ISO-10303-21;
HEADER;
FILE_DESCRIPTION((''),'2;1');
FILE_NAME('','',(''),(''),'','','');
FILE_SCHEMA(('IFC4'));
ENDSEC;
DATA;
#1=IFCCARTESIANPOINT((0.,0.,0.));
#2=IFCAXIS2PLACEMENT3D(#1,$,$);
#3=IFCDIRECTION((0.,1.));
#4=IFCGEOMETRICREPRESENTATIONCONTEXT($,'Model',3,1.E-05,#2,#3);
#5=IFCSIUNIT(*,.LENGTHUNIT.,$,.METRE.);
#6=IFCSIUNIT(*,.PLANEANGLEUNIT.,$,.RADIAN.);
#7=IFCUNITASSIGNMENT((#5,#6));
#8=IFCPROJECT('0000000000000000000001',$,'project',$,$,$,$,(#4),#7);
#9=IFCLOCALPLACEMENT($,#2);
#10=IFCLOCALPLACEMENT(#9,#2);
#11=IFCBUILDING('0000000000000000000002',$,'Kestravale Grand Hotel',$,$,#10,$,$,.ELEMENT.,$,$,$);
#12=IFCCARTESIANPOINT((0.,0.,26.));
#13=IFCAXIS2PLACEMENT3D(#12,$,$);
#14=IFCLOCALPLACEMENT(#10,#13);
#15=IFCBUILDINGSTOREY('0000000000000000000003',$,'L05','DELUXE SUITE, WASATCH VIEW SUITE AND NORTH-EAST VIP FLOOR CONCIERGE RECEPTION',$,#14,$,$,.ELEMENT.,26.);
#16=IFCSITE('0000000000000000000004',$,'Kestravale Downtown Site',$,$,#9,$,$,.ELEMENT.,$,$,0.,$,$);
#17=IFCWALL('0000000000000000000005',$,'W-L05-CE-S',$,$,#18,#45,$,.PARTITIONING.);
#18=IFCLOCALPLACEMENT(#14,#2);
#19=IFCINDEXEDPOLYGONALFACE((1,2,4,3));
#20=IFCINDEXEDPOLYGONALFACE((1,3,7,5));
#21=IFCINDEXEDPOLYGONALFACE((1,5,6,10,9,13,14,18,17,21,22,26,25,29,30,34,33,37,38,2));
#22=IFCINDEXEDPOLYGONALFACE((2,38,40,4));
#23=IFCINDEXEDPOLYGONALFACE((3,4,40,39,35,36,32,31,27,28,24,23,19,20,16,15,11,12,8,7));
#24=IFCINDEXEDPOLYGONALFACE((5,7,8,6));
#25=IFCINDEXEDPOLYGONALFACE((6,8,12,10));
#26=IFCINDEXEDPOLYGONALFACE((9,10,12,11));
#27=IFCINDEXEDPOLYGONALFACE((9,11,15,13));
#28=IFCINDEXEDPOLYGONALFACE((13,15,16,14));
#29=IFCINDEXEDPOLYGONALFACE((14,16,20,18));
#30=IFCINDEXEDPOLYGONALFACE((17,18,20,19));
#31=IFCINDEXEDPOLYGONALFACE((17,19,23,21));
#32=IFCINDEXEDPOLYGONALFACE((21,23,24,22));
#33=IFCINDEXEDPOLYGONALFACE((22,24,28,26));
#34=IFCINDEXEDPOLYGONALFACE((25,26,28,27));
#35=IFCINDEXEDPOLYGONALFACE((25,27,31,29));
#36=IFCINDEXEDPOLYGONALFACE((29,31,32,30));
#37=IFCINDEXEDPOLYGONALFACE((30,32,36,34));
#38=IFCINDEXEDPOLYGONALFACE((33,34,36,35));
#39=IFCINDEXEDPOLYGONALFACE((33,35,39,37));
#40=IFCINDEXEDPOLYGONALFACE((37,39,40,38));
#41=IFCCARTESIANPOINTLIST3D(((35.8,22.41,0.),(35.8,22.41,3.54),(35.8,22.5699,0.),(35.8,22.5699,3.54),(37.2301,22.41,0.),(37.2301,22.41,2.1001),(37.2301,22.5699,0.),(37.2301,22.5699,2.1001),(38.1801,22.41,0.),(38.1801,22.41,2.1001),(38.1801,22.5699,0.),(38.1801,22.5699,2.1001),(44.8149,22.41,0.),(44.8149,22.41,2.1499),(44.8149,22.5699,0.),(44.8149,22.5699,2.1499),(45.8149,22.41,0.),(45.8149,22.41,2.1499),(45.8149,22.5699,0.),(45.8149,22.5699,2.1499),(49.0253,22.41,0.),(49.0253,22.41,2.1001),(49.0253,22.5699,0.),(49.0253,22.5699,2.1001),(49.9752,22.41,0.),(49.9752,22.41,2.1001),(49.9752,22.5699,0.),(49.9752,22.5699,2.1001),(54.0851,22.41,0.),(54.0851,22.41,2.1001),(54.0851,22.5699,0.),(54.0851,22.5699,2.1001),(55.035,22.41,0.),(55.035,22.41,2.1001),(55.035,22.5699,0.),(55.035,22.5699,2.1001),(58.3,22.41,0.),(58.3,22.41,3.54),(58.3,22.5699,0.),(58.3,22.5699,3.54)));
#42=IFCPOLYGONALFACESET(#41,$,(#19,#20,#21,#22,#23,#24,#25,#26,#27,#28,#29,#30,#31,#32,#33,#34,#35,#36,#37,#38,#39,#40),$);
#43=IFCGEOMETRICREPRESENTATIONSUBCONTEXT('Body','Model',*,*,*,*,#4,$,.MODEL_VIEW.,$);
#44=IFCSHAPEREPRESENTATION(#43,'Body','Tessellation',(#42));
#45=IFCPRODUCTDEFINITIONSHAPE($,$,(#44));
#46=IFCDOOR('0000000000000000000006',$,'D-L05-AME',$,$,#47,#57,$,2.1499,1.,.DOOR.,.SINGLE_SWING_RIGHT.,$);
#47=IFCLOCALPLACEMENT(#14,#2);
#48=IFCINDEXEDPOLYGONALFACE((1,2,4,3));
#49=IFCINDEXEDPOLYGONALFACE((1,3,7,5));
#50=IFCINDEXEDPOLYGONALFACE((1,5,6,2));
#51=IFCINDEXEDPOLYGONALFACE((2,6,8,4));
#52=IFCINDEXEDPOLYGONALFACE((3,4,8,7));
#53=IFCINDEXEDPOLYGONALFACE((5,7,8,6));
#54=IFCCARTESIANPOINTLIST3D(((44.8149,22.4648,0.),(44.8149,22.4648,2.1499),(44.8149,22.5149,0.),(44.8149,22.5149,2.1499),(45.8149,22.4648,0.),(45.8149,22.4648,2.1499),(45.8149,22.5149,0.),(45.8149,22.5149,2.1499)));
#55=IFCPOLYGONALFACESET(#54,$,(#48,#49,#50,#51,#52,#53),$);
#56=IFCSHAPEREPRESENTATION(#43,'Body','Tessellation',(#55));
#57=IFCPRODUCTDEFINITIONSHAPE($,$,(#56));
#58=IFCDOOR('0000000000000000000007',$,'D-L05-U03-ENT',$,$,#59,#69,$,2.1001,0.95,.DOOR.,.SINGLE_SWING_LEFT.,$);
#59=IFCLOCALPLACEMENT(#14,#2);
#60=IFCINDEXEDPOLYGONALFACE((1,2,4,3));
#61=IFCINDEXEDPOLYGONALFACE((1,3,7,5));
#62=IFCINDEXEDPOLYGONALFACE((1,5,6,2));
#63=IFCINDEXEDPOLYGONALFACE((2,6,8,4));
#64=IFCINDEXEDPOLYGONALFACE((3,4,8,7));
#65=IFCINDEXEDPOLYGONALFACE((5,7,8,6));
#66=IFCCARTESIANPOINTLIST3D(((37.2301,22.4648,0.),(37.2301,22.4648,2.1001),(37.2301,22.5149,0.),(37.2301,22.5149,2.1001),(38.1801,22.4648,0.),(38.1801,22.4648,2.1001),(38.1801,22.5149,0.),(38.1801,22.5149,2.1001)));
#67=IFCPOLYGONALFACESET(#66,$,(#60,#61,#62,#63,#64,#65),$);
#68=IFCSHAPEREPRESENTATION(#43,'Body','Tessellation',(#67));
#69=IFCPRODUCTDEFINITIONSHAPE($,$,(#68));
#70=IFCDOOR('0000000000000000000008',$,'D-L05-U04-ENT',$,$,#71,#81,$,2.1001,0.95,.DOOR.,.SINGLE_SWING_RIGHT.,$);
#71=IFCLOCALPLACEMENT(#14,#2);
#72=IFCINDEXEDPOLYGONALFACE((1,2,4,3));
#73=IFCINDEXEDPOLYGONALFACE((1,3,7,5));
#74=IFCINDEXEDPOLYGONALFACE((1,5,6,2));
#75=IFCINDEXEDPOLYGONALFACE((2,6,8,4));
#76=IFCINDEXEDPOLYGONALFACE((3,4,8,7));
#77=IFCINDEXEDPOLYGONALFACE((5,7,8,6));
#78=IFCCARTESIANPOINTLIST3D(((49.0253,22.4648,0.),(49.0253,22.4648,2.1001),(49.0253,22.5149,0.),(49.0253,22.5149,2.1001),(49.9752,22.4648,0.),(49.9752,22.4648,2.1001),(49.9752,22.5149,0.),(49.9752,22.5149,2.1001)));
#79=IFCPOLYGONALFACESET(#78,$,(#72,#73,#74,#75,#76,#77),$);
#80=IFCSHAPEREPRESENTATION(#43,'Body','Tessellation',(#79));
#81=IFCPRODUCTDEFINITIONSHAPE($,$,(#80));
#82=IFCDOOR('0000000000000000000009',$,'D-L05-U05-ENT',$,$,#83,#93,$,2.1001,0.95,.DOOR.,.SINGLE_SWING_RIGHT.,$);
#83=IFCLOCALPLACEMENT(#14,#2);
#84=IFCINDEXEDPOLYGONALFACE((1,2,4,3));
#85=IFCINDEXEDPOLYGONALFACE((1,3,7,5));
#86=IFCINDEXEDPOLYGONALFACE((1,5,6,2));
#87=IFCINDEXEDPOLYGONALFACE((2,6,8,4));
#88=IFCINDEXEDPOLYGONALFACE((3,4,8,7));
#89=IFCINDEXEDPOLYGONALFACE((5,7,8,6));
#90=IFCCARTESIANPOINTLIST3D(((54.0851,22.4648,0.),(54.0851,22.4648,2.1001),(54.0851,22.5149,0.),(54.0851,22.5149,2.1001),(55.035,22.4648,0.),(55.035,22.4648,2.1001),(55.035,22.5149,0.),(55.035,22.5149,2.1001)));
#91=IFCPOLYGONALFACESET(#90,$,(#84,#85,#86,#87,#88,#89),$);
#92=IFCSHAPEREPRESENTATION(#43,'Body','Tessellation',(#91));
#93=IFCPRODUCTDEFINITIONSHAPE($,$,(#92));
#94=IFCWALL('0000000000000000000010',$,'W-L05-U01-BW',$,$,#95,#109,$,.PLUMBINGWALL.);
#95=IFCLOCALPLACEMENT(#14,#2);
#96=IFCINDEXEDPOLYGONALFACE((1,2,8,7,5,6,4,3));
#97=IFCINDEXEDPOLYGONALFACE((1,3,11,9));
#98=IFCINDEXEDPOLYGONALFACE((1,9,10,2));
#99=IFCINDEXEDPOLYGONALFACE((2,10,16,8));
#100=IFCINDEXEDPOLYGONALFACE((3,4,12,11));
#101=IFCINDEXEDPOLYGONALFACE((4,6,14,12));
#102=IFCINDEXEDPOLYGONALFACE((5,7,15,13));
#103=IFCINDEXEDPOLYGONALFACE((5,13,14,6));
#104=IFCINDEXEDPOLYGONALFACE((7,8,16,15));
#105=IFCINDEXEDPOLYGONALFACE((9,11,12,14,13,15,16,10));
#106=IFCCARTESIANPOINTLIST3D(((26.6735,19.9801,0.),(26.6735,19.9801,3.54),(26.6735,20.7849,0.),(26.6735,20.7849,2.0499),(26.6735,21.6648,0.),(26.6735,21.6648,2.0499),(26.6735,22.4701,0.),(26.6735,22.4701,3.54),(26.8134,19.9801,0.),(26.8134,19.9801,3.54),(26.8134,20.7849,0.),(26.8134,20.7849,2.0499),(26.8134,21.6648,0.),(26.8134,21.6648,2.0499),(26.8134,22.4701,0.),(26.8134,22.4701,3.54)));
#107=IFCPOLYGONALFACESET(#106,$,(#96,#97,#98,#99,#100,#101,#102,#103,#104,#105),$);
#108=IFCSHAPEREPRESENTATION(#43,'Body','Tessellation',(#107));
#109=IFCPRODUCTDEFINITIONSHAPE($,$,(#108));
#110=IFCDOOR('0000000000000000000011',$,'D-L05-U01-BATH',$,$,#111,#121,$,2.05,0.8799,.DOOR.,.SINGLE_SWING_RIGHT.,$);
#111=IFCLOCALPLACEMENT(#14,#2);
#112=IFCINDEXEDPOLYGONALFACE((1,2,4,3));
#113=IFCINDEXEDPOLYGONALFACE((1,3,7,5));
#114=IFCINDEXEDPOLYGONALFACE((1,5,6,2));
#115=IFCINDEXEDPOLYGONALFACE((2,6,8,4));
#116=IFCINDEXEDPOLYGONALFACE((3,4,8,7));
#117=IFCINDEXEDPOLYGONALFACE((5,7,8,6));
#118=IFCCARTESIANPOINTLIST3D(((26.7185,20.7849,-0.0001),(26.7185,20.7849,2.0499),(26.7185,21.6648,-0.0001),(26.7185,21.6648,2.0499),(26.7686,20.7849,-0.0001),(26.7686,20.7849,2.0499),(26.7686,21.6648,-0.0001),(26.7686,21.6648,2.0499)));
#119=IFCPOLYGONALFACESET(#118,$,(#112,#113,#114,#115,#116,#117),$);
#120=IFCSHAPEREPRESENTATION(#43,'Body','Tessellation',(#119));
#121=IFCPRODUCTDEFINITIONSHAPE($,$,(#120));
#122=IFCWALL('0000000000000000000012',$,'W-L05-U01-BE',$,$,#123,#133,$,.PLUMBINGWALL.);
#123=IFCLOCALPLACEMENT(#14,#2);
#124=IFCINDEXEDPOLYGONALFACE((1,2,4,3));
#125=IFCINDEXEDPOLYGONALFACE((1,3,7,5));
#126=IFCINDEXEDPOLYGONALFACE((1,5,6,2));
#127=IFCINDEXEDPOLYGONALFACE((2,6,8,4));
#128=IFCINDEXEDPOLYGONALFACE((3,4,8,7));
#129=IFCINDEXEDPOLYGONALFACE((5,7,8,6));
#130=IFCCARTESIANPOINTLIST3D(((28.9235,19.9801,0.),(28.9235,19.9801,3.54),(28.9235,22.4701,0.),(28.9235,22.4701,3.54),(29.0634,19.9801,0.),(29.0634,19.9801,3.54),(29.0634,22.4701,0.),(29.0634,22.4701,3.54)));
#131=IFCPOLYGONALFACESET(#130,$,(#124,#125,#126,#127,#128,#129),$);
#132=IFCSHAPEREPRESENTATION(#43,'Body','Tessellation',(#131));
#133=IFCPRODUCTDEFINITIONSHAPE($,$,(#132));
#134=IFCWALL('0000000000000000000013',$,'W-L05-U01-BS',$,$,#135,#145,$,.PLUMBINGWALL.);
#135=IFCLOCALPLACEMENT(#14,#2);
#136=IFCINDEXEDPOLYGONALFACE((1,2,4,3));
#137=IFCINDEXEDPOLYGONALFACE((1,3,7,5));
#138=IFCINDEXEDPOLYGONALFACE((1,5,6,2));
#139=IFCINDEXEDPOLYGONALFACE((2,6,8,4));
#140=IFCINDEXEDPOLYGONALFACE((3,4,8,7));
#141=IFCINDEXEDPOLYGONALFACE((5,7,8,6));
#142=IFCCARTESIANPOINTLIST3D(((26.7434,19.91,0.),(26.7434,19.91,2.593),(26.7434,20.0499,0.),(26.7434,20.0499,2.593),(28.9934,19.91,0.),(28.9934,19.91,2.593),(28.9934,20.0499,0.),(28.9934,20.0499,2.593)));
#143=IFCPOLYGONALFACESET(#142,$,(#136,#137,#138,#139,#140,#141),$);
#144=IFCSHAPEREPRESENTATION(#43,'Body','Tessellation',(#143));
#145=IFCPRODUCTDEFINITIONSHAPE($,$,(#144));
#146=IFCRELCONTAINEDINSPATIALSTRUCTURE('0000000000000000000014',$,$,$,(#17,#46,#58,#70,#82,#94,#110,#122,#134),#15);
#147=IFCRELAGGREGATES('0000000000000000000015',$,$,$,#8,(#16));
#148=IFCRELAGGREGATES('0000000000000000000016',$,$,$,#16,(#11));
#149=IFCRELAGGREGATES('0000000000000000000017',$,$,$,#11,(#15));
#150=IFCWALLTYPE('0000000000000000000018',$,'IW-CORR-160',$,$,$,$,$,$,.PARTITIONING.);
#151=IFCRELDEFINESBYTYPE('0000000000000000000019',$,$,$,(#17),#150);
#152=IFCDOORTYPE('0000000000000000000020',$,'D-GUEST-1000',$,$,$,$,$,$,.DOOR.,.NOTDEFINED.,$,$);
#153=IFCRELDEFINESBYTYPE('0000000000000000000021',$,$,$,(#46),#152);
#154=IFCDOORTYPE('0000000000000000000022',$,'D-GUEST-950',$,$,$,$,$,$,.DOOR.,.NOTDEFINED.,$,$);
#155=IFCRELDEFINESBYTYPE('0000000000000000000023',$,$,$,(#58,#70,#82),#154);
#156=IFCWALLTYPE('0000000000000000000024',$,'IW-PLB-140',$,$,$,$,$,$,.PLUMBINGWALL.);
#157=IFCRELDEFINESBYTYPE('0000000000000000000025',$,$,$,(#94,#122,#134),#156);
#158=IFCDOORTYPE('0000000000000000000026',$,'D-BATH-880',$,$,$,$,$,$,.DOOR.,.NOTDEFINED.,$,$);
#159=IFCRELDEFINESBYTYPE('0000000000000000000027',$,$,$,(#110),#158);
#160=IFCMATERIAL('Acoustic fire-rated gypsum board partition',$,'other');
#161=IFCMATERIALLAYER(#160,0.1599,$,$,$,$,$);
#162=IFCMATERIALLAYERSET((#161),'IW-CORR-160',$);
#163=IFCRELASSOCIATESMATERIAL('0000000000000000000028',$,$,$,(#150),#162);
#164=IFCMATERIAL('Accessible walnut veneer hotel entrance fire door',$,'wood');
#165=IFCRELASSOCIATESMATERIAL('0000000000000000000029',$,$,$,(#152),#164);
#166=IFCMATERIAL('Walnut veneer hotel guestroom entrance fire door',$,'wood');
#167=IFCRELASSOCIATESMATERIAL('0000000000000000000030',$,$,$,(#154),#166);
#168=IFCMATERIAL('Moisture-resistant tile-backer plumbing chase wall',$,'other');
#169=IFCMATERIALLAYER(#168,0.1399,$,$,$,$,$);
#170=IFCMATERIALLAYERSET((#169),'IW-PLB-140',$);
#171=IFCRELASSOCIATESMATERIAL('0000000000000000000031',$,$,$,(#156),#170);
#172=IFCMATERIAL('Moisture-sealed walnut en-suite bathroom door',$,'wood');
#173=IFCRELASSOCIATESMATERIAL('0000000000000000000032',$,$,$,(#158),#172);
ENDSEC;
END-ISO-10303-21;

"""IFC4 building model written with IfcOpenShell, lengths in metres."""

from ifc_helpers import new_model, si_unit, direction, frame, frame_2d, origin, place, context, subcontext, project, spatial, rectangle, extrude, material, layer, layer_set, type_object, element, fill, save


model = new_model("IFC4")

# Units and contexts
model_context = context("Model", 3, precision=1e-05, world=origin(), true_north=direction((0.0, 1.0)))
body_context = subcontext(model_context, "Body", "Model", "MODEL_VIEW")
ifc_project = project(units=[si_unit("LENGTHUNIT", "METRE"), si_unit("PLANEANGLEUNIT", "RADIAN")], contexts=[model_context])

# Site, building, storey
site_placement = place(None, origin())
site = spatial("IfcSite", under=ifc_project, at=site_placement, Name="Kestravale Downtown Site", CompositionType="ELEMENT", RefElevation=0.0)
building_placement = place(site_placement, origin())
building = spatial("IfcBuilding", under=site, at=building_placement, Name="Kestravale Grand Hotel", CompositionType="ELEMENT")
storey_placement = place(building_placement, frame((0.0, 0.0, 26.0)))
storey = spatial("IfcBuildingStorey", under=building, at=storey_placement, Name="L05", Description="DELUXE SUITE, WASATCH VIEW SUITE AND NORTH-EAST VIP FLOOR CONCIERGE RECEPTION", CompositionType="ELEMENT", Elevation=26.0)

# Shared definitions
ifc_material_1 = material(Name="Acoustic fire-rated gypsum board partition", Category="other")
ifc_layer_1 = layer(ifc_material_1, 0.1599)
ifc_layer_set_1 = layer_set([ifc_layer_1], Name="IW-CORR-160")
wall_type_1 = type_object("IfcWallType", Name="IW-CORR-160", PredefinedType="PARTITIONING", material=ifc_layer_set_1)

# Wall, openings, doors
wall_1_placement = place(storey_placement, frame((35.8, 22.49, 0.0), z_axis=(0.0, 0.0, 1.0), x_axis=(1.0, 0.0, 0.0)))
wall_1 = element("IfcWall", 1, at=wall_1_placement, inside=storey, type_object=wall_type_1, Name="W-L05-CE-S", PredefinedType="PARTITIONING", context=body_context, shape_type="SweptSolid", body=[
    extrude(rectangle(XDim=22.5, YDim=0.1599, at=frame_2d((11.25, 0.0))), origin(), (0.0, 0.0, 1.0), 3.54),
])
opening_1_placement = place(wall_1_placement, frame((1.4299, 0.0, 0.0)))
opening_1 = element("IfcOpeningElement", 2, at=opening_1_placement, cuts=wall_1, PredefinedType="OPENING", context=body_context, shape_type="SweptSolid", body=[
    extrude(rectangle(XDim=0.95, YDim=2.1001, at=frame_2d((0.4751, 1.05))), frame((0.0, 0.0898, 0.0), z_axis=(0.0, -1.0, 0.0), x_axis=(1.0, 0.0, 0.0)), (0.0, 0.0, 1.0), 0.1799),
])
opening_2_placement = place(wall_1_placement, frame((9.0149, 0.0, 0.0)))
opening_2 = element("IfcOpeningElement", 3, at=opening_2_placement, cuts=wall_1, PredefinedType="OPENING", context=body_context, shape_type="SweptSolid", body=[
    extrude(rectangle(XDim=1.0, YDim=2.1499, at=frame_2d((0.5, 1.075))), frame((0.0, 0.0898, 0.0), z_axis=(0.0, -1.0, 0.0), x_axis=(1.0, 0.0, 0.0)), (0.0, 0.0, 1.0), 0.1799),
])
opening_3_placement = place(wall_1_placement, frame((13.2251, 0.0, 0.0)))
opening_3 = element("IfcOpeningElement", 4, at=opening_3_placement, cuts=wall_1, PredefinedType="OPENING", context=body_context, shape_type="SweptSolid", body=[
    extrude(rectangle(XDim=0.95, YDim=2.1001, at=frame_2d((0.4751, 1.05))), frame((0.0, 0.0898, 0.0), z_axis=(0.0, -1.0, 0.0), x_axis=(1.0, 0.0, 0.0)), (0.0, 0.0, 1.0), 0.1799),
])
opening_4_placement = place(wall_1_placement, frame((18.2849, 0.0, 0.0)))
opening_4 = element("IfcOpeningElement", 5, at=opening_4_placement, cuts=wall_1, PredefinedType="OPENING", context=body_context, shape_type="SweptSolid", body=[
    extrude(rectangle(XDim=0.95, YDim=2.1001, at=frame_2d((0.4751, 1.05))), frame((0.0, 0.0898, 0.0), z_axis=(0.0, -1.0, 0.0), x_axis=(1.0, 0.0, 0.0)), (0.0, 0.0, 1.0), 0.1799),
])
ifc_material_2 = material(Name="Accessible walnut veneer hotel entrance fire door", Category="wood")
door_type_1 = type_object("IfcDoorType", Name="D-GUEST-1000", OperationType="NOTDEFINED", PredefinedType="DOOR", material=ifc_material_2)
door_1_placement = place(opening_2_placement, origin())
door_1 = element("IfcDoor", 6, at=door_1_placement, inside=storey, type_object=door_type_1, Name="D-L05-AME", OperationType="SINGLE_SWING_RIGHT", OverallHeight=2.1499, OverallWidth=1.0, PredefinedType="DOOR", context=body_context, shape_type="SweptSolid", body=[
    extrude(rectangle(XDim=1.0, YDim=2.1499, at=frame_2d((0.5, 1.075))), frame((0.0, 0.0249, 0.0), z_axis=(0.0, -1.0, 0.0), x_axis=(1.0, 0.0, 0.0)), (0.0, 0.0, 1.0), 0.05),
])
fill(opening_2, door_1)
ifc_material_3 = material(Name="Walnut veneer hotel guestroom entrance fire door", Category="wood")
door_type_2 = type_object("IfcDoorType", Name="D-GUEST-950", OperationType="NOTDEFINED", PredefinedType="DOOR", material=ifc_material_3)
door_2_placement = place(opening_1_placement, origin())
door_2 = element("IfcDoor", 7, at=door_2_placement, inside=storey, type_object=door_type_2, Name="D-L05-U03-ENT", OperationType="SINGLE_SWING_LEFT", OverallHeight=2.1001, OverallWidth=0.95, PredefinedType="DOOR", context=body_context, shape_type="SweptSolid", body=[
    extrude(rectangle(XDim=0.95, YDim=2.1001, at=frame_2d((0.4751, 1.05))), frame((0.0, 0.0249, 0.0), z_axis=(0.0, -1.0, 0.0), x_axis=(1.0, 0.0, 0.0)), (0.0, 0.0, 1.0), 0.05),
])
fill(opening_1, door_2)
door_3_placement = place(opening_3_placement, origin())
door_3 = element("IfcDoor", 8, at=door_3_placement, inside=storey, type_object=door_type_2, Name="D-L05-U04-ENT", OperationType="SINGLE_SWING_RIGHT", OverallHeight=2.1001, OverallWidth=0.95, PredefinedType="DOOR", context=body_context, shape_type="SweptSolid", body=[
    extrude(rectangle(XDim=0.95, YDim=2.1001, at=frame_2d((0.4751, 1.05))), frame((0.0, 0.0249, 0.0), z_axis=(0.0, -1.0, 0.0), x_axis=(1.0, 0.0, 0.0)), (0.0, 0.0, 1.0), 0.05),
])
fill(opening_3, door_3)
door_4_placement = place(opening_4_placement, origin())
door_4 = element("IfcDoor", 9, at=door_4_placement, inside=storey, type_object=door_type_2, Name="D-L05-U05-ENT", OperationType="SINGLE_SWING_RIGHT", OverallHeight=2.1001, OverallWidth=0.95, PredefinedType="DOOR", context=body_context, shape_type="SweptSolid", body=[
    extrude(rectangle(XDim=0.95, YDim=2.1001, at=frame_2d((0.4751, 1.05))), frame((0.0, 0.0249, 0.0), z_axis=(0.0, -1.0, 0.0), x_axis=(1.0, 0.0, 0.0)), (0.0, 0.0, 1.0), 0.05),
])
fill(opening_4, door_4)

# Wall, opening, door
ifc_material_4 = material(Name="Moisture-resistant tile-backer plumbing chase wall", Category="other")
ifc_layer_2 = layer(ifc_material_4, 0.1399)
ifc_layer_set_2 = layer_set([ifc_layer_2], Name="IW-PLB-140")
wall_type_2 = type_object("IfcWallType", Name="IW-PLB-140", PredefinedType="PLUMBINGWALL", material=ifc_layer_set_2)
wall_2_placement = place(storey_placement, frame((26.7434, 19.98, 0.0), z_axis=(0.0, 0.0, 1.0), x_axis=(0.0, 1.0, 0.0)))
wall_2 = element("IfcWall", 10, at=wall_2_placement, inside=storey, type_object=wall_type_2, Name="W-L05-U01-BW", PredefinedType="PLUMBINGWALL", context=body_context, shape_type="SweptSolid", body=[
    extrude(rectangle(XDim=2.49, YDim=0.1399, at=frame_2d((1.2451, 0.0))), origin(), (0.0, 0.0, 1.0), 3.54),
])
opening_5_placement = place(wall_2_placement, frame((0.8049, 0.0, 0.0)))
opening_5 = element("IfcOpeningElement", 11, at=opening_5_placement, cuts=wall_2, PredefinedType="OPENING", context=body_context, shape_type="SweptSolid", body=[
    extrude(rectangle(XDim=0.8799, YDim=2.05, at=frame_2d((0.4399, 1.0249))), frame((0.0, 0.0798, 0.0), z_axis=(0.0, -1.0, 0.0), x_axis=(1.0, 0.0, 0.0)), (0.0, 0.0, 1.0), 0.1599),
])
ifc_material_5 = material(Name="Moisture-sealed walnut en-suite bathroom door", Category="wood")
door_type_3 = type_object("IfcDoorType", Name="D-BATH-880", OperationType="NOTDEFINED", PredefinedType="DOOR", material=ifc_material_5)
door_5_placement = place(opening_5_placement, origin())
door_5 = element("IfcDoor", 12, at=door_5_placement, inside=storey, type_object=door_type_3, Name="D-L05-U01-BATH", OperationType="SINGLE_SWING_RIGHT", OverallHeight=2.05, OverallWidth=0.8799, PredefinedType="DOOR", context=body_context, shape_type="SweptSolid", body=[
    extrude(rectangle(XDim=0.8799, YDim=2.05, at=frame_2d((0.4399, 1.0249))), frame((0.0, 0.0249, 0.0), z_axis=(0.0, -1.0, 0.0), x_axis=(1.0, 0.0, 0.0)), (0.0, 0.0, 1.0), 0.05),
])
fill(opening_5, door_5)

# Walls
wall_3_placement = place(storey_placement, frame((28.9934, 19.98, 0.0), z_axis=(0.0, 0.0, 1.0), x_axis=(0.0, 1.0, 0.0)))
element("IfcWall", 13, at=wall_3_placement, inside=storey, type_object=wall_type_2, Name="W-L05-U01-BE", PredefinedType="PLUMBINGWALL", context=body_context, shape_type="SweptSolid", body=[
    extrude(rectangle(XDim=2.49, YDim=0.1399, at=frame_2d((1.2451, 0.0))), origin(), (0.0, 0.0, 1.0), 3.54),
])
wall_4_placement = place(storey_placement, frame((26.7434, 19.98, 0.0), z_axis=(0.0, 0.0, 1.0), x_axis=(1.0, 0.0, 0.0)))
element("IfcWall", 14, at=wall_4_placement, inside=storey, type_object=wall_type_2, Name="W-L05-U01-BS", PredefinedType="PLUMBINGWALL", context=body_context, shape_type="SweptSolid", body=[
    extrude(rectangle(XDim=2.25, YDim=0.1399, at=frame_2d((1.125, 0.0))), origin(), (0.0, 0.0, 1.0), 2.593),
])

save(model, "model.ifc")
